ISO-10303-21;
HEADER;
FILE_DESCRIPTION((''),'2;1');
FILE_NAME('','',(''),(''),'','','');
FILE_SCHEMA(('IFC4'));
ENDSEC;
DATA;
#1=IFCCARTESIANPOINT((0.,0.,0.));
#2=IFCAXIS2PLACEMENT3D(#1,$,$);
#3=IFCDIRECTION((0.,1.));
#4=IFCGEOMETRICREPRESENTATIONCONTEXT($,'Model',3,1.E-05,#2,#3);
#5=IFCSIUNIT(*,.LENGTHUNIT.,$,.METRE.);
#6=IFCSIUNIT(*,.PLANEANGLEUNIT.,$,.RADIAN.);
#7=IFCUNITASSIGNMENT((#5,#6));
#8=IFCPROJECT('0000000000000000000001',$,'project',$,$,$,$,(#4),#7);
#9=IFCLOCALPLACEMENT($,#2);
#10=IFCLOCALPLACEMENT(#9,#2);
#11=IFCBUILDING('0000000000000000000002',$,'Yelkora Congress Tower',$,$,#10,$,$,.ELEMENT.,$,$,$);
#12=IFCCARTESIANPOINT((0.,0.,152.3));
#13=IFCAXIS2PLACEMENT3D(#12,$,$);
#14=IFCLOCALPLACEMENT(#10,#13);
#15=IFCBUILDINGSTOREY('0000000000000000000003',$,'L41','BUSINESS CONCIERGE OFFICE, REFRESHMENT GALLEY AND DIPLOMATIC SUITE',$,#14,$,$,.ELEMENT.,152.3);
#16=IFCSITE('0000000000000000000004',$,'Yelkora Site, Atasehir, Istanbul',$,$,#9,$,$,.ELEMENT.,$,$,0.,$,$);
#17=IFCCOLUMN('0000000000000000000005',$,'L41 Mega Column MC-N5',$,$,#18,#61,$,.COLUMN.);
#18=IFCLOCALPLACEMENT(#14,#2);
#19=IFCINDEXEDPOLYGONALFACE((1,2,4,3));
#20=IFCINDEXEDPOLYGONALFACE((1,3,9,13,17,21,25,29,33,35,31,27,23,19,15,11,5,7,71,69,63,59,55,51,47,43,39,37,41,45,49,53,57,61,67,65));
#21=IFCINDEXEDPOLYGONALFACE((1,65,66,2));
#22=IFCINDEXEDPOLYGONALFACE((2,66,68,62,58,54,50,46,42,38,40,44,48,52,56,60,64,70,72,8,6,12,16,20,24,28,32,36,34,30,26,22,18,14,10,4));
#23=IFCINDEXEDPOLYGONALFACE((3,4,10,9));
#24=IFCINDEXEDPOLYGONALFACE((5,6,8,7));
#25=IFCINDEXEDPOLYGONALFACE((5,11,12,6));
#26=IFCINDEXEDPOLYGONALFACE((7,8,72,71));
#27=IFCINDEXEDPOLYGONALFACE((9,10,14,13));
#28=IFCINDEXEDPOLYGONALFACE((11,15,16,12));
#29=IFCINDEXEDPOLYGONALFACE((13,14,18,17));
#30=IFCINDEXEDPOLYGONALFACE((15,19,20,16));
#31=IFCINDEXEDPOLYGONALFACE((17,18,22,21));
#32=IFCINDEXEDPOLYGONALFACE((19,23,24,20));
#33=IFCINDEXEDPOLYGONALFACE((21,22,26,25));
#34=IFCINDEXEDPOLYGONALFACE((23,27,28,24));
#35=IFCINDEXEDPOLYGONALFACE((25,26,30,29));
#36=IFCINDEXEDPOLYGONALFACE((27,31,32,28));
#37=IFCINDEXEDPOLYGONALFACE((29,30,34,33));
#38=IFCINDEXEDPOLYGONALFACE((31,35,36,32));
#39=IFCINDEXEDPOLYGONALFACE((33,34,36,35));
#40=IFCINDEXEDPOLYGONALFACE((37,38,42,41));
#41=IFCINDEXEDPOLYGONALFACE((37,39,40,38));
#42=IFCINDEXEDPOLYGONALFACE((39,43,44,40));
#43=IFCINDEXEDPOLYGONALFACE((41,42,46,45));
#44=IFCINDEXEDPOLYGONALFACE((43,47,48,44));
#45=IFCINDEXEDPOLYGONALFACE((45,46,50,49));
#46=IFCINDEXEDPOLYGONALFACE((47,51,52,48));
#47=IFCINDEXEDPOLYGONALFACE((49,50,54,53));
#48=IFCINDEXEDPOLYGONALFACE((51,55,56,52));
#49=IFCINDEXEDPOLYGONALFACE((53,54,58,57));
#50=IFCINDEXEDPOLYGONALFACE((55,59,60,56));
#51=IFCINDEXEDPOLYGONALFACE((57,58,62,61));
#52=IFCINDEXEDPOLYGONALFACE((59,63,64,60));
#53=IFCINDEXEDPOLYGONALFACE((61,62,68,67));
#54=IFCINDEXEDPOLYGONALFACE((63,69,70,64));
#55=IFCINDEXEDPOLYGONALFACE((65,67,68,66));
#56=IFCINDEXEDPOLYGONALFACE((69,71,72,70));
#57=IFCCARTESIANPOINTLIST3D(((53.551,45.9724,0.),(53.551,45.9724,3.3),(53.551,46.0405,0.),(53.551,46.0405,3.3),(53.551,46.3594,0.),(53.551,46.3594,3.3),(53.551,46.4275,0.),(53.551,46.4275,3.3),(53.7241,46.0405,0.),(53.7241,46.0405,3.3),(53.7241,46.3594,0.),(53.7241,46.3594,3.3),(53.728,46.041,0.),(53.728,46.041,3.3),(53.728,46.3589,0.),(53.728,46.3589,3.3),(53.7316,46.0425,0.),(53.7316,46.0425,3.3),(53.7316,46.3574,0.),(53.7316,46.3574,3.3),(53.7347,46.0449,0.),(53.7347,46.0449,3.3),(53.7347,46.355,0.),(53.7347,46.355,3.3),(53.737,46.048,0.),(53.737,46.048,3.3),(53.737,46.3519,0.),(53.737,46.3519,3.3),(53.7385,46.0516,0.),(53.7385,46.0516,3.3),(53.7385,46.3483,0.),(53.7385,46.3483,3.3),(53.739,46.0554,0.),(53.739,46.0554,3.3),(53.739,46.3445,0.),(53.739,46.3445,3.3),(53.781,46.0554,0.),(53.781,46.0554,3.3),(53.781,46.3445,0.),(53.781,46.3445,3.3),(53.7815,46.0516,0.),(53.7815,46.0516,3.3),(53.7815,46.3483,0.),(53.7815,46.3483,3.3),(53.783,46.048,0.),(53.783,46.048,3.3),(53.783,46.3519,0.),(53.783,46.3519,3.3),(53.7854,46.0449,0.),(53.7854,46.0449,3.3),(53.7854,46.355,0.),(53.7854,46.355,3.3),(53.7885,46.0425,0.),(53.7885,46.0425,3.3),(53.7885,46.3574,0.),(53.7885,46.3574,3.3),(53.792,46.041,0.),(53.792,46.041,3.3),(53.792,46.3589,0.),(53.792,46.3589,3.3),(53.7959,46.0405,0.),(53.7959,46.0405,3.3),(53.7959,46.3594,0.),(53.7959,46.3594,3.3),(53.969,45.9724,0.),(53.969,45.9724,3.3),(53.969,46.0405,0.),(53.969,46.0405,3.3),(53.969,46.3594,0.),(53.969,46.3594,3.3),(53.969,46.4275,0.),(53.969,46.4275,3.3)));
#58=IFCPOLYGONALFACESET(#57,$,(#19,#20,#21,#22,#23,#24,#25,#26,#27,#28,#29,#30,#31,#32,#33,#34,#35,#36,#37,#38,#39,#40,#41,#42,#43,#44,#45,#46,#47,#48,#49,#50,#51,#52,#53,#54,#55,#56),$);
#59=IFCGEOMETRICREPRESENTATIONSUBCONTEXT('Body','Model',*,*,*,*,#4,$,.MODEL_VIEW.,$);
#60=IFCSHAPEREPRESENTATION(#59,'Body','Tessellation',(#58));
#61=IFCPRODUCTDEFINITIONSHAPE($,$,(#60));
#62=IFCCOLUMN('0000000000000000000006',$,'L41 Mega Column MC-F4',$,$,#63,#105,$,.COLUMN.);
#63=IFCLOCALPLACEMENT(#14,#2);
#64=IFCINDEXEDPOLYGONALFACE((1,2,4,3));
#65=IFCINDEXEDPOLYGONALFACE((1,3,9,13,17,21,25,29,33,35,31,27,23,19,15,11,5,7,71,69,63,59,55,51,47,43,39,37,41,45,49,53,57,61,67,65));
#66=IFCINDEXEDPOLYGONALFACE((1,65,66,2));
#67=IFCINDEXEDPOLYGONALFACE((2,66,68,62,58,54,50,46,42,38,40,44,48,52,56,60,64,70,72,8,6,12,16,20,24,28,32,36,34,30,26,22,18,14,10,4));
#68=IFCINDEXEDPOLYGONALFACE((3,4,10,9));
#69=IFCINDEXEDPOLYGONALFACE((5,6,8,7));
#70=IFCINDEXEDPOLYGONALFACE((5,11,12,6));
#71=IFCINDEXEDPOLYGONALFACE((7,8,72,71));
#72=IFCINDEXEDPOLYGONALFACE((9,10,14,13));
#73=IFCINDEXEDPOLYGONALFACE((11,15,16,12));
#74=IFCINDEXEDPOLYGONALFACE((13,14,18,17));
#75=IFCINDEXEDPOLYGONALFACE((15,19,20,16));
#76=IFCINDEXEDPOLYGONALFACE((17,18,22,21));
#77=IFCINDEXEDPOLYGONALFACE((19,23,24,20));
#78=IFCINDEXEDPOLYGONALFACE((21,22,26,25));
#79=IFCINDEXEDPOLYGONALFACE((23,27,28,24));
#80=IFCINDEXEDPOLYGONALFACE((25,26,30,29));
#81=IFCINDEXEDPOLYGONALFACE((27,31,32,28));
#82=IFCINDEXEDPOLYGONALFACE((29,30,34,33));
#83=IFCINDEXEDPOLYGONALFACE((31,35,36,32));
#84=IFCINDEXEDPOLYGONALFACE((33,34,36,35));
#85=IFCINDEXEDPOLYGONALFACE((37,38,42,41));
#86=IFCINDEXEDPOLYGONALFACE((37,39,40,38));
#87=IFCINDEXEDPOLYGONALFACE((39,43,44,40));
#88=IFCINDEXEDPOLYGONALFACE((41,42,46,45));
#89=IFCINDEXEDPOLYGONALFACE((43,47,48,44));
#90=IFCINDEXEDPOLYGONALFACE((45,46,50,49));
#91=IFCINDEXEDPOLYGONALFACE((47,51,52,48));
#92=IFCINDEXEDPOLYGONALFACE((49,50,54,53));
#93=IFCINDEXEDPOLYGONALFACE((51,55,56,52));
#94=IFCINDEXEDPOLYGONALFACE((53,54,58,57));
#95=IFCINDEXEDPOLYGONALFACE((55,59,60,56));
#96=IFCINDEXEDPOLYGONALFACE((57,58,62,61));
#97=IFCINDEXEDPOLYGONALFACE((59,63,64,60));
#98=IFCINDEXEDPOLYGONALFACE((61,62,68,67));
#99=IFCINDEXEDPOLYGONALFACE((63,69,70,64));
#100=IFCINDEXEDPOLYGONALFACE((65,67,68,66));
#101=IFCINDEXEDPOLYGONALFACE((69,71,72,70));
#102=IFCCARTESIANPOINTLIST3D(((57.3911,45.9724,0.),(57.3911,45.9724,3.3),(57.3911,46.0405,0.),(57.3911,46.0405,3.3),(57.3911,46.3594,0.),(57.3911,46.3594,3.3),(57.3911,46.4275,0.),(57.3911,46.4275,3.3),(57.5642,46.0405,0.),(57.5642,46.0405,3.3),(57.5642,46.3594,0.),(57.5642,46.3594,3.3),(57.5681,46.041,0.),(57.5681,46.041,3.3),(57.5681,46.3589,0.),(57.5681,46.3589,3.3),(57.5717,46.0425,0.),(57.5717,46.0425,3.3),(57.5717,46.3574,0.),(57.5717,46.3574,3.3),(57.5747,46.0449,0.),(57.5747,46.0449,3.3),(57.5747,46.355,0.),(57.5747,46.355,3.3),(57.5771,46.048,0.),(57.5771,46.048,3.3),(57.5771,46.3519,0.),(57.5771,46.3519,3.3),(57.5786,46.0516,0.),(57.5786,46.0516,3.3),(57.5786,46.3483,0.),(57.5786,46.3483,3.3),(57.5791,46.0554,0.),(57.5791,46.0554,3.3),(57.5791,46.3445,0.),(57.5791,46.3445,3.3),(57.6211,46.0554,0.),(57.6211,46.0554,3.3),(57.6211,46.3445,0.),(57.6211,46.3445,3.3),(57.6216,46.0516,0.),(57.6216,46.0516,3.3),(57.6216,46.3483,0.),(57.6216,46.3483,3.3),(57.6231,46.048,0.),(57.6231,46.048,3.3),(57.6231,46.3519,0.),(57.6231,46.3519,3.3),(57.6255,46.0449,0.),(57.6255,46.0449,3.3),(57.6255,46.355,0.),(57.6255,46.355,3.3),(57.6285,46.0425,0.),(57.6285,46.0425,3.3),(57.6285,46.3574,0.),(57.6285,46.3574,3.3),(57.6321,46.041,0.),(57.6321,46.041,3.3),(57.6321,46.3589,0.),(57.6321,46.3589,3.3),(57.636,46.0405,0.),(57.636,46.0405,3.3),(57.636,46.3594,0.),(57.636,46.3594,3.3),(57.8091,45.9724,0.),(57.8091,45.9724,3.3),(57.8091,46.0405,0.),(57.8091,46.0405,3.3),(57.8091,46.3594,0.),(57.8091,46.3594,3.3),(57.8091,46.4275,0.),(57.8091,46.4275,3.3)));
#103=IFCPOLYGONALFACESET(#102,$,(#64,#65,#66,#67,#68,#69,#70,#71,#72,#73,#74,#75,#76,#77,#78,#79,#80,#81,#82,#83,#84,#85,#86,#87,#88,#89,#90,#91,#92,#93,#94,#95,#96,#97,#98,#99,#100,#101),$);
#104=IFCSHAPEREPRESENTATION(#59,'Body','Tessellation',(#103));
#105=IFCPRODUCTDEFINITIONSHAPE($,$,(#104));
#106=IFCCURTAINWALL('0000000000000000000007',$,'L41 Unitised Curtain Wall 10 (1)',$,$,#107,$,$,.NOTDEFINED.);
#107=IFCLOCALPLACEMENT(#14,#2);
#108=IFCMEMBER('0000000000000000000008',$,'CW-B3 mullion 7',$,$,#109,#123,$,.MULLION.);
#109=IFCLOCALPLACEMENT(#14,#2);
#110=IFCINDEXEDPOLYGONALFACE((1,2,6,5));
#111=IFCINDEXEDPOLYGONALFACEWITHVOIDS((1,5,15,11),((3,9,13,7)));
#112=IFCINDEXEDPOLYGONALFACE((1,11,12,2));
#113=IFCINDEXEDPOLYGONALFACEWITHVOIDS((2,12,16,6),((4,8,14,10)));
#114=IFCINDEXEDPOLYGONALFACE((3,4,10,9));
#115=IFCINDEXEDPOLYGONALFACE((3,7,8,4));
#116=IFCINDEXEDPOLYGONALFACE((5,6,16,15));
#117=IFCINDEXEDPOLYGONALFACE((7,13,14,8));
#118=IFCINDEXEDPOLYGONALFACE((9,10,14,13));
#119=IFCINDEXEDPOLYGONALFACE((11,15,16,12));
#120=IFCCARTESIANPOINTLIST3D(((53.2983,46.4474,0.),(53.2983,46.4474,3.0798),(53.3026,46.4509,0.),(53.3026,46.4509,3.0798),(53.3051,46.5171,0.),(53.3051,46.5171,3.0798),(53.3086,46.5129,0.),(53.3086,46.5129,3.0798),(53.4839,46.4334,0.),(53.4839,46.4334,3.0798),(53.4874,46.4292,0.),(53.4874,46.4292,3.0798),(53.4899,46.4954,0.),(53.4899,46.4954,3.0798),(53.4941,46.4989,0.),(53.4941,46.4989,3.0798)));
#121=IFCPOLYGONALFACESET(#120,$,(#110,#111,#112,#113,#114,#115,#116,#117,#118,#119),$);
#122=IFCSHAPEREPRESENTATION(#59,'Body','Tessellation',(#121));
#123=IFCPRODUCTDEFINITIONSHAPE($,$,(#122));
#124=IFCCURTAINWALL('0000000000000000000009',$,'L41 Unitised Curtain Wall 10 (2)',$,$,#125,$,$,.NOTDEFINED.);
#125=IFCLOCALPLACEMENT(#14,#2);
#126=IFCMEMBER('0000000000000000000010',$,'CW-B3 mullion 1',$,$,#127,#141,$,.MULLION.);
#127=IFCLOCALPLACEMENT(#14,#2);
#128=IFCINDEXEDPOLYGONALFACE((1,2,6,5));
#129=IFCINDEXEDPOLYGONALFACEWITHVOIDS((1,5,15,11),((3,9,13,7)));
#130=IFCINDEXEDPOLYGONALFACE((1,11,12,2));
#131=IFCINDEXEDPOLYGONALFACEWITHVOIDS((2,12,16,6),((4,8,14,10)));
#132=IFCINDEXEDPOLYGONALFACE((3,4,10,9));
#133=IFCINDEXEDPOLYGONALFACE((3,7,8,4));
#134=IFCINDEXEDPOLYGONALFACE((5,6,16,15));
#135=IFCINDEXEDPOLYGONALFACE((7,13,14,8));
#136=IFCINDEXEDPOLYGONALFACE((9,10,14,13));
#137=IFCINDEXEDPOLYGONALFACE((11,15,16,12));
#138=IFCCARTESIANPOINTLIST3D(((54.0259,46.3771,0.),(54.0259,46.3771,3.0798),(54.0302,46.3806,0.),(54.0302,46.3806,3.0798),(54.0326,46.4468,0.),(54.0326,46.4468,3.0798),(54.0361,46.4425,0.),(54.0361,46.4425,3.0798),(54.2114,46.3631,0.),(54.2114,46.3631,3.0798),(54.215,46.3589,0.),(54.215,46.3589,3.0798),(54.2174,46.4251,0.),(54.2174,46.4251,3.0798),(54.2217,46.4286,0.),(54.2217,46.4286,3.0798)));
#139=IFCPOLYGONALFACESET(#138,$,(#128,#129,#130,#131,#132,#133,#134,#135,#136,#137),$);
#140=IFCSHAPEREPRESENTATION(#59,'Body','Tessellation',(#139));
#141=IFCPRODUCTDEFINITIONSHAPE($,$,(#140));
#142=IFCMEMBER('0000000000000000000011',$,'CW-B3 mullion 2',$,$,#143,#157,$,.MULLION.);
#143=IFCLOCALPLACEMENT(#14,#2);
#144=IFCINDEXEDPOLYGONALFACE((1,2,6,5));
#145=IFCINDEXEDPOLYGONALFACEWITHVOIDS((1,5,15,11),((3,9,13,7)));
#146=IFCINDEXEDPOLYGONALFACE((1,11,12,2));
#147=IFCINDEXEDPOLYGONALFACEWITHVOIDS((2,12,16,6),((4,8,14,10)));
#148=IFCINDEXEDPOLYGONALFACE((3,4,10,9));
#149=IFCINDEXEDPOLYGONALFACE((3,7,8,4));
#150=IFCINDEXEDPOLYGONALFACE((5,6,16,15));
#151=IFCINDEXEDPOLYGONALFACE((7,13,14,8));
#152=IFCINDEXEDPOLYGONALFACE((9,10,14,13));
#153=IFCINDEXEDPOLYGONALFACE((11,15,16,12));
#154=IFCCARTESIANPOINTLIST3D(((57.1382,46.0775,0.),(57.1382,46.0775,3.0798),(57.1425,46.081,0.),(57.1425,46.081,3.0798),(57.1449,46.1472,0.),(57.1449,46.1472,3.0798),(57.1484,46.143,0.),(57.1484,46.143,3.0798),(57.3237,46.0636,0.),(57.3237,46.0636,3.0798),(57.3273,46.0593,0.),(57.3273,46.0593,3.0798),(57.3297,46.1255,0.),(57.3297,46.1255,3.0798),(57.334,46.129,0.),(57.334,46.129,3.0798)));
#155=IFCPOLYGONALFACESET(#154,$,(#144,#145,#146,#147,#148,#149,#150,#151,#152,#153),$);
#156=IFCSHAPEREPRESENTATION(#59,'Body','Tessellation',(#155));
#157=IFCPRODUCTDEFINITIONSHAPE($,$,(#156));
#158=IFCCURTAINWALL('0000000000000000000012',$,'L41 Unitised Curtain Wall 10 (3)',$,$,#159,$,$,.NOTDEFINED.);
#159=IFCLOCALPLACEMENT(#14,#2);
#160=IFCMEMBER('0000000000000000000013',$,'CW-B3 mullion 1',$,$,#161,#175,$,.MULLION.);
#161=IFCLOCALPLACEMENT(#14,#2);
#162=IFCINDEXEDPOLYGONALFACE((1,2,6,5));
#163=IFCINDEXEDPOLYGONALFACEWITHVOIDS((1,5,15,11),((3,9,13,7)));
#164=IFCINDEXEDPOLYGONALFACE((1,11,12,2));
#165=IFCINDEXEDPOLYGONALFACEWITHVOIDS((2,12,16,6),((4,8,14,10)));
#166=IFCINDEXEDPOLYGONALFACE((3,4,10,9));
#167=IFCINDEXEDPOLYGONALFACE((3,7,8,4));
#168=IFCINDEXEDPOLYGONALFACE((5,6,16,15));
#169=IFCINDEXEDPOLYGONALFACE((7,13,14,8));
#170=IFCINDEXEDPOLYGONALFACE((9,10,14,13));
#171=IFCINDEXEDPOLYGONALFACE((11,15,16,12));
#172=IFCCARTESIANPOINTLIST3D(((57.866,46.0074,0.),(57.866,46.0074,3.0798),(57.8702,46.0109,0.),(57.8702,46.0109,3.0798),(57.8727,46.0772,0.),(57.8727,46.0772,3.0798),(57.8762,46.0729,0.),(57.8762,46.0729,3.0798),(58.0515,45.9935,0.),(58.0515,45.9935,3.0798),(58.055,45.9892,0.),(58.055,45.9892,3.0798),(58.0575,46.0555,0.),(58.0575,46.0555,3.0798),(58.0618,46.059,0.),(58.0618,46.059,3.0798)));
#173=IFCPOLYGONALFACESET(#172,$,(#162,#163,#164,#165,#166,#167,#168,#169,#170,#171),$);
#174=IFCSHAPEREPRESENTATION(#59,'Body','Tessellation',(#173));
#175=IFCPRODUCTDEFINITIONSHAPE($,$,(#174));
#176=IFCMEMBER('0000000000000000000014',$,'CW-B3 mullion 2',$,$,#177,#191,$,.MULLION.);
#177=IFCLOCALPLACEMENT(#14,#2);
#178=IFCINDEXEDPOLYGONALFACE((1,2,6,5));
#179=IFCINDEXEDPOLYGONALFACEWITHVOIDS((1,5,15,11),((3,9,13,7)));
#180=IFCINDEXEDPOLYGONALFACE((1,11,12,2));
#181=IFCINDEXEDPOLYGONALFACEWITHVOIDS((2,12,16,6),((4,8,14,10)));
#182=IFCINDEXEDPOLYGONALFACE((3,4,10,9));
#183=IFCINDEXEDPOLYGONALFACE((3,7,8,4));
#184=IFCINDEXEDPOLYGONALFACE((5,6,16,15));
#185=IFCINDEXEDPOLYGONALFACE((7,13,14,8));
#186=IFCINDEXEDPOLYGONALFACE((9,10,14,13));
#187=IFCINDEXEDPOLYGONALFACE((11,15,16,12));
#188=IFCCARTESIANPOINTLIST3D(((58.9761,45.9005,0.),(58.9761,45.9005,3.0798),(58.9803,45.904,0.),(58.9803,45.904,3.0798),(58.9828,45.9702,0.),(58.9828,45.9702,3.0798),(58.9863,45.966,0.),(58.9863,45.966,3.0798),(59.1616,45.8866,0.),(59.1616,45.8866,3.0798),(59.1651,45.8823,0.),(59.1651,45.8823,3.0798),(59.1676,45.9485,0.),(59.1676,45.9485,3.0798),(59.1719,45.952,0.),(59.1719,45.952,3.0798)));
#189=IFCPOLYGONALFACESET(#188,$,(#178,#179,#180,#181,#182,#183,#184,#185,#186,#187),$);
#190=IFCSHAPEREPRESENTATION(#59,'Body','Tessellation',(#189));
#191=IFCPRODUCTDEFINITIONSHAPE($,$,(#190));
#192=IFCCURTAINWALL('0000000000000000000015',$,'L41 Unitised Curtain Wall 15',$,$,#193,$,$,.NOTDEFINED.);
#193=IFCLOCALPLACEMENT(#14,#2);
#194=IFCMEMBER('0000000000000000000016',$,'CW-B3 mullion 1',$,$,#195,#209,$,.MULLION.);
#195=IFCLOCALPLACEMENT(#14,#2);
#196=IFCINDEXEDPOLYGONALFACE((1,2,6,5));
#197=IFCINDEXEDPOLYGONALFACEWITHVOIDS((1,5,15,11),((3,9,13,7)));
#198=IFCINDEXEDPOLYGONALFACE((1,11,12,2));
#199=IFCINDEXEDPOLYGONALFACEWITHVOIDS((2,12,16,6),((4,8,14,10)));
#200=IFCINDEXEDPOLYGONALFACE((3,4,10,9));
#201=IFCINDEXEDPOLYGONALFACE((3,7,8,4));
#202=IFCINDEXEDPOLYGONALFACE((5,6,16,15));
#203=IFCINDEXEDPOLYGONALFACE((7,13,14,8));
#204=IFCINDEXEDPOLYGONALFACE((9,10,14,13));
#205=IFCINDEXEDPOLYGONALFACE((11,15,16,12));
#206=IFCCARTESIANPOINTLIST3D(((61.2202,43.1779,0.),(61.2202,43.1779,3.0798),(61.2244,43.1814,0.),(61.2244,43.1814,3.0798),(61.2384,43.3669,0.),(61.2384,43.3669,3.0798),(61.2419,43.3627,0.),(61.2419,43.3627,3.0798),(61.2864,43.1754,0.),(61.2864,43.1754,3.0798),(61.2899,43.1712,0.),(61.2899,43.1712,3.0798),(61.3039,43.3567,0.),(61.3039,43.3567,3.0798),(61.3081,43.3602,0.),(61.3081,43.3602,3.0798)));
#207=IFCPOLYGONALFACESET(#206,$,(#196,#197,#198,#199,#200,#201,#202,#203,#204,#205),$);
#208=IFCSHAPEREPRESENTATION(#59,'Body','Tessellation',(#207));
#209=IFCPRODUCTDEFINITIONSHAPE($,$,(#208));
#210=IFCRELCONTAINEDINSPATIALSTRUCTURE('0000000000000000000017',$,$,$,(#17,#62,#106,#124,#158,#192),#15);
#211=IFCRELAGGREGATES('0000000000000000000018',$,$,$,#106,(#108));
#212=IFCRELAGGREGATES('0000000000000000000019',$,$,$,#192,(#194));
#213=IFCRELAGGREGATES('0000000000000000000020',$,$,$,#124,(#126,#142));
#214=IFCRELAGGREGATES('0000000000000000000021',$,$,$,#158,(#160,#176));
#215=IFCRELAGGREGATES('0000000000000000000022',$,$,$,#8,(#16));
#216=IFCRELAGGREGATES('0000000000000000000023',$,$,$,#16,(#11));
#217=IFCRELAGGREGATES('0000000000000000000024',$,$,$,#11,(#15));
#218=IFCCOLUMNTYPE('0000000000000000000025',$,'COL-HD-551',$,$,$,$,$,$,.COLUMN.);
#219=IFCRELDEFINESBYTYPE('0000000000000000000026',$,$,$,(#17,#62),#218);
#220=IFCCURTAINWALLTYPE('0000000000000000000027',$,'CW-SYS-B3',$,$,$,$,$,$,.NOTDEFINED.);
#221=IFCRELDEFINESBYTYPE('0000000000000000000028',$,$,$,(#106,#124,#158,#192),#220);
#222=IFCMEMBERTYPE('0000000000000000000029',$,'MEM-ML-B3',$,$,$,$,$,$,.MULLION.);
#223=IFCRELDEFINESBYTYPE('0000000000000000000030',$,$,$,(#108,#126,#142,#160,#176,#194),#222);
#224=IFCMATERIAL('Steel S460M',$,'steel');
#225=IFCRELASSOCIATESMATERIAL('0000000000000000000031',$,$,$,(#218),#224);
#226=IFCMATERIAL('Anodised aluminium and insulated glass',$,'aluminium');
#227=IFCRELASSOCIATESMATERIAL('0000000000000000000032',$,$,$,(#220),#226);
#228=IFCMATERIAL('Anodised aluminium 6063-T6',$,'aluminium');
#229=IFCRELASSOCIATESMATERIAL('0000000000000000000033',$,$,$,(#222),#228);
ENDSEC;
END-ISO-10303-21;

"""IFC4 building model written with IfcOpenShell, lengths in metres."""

from ifc_helpers import new_model, si_unit, direction, frame, origin, origin_2d, place, context, subcontext, project, spatial, hollow_rectangle, i_section, extrude, material, material_profile, profile_set, type_object, element, aggregate, save


model = new_model("IFC4")

# Units and contexts
model_context = context("Model", 3, precision=1e-05, world=origin(), true_north=direction((0.0, 1.0)))
body_context = subcontext(model_context, "Body", "Model", "MODEL_VIEW")
ifc_project = project(units=[si_unit("LENGTHUNIT", "METRE"), si_unit("PLANEANGLEUNIT", "RADIAN")], contexts=[model_context])

# Site, building, storey
site_placement = place(None, origin())
site = spatial("IfcSite", under=ifc_project, at=site_placement, Name="Yelkora Site, Atasehir, Istanbul", CompositionType="ELEMENT", RefElevation=0.0)
building_placement = place(site_placement, origin())
building = spatial("IfcBuilding", under=site, at=building_placement, Name="Yelkora Congress Tower", CompositionType="ELEMENT")
storey_placement = place(building_placement, frame((0.0, 0.0, 152.3)))
storey = spatial("IfcBuildingStorey", under=building, at=storey_placement, Name="L41", Description="BUSINESS CONCIERGE OFFICE, REFRESHMENT GALLEY AND DIPLOMATIC SUITE", CompositionType="ELEMENT", Elevation=152.3)

# Columns
ifc_material_1 = material(Name="Steel S460M", Category="steel")
ifc_material_profile_1 = material_profile(ifc_material_1, i_section(OverallWidth=0.418, OverallDepth=0.4551, WebThickness=0.042, FlangeThickness=0.0681, FilletRadius=0.0149, at=origin_2d()), Name="HD 400x551")
ifc_profile_set_1 = profile_set([ifc_material_profile_1], Name="Steel S460M")
column_type = type_object("IfcColumnType", Name="COL-HD-551", PredefinedType="COLUMN", material=ifc_profile_set_1)
for number, where, z_axis, x_axis, name in (
    (1, (53.76, 46.2, 0.0), (0.0, 0.0, 1.0), (1.0, 0.0, 0.0), "L41 Mega Column MC-N5"),
    (2, (57.6001, 46.2, 0.0), (0.0, 0.0, 1.0), (1.0, 0.0, 0.0), "L41 Mega Column MC-F4"),
):
    element("IfcColumn", number, at=place(storey_placement, frame(where, z_axis=z_axis, x_axis=x_axis)), inside=storey, type_object=column_type, Name=name, PredefinedType="COLUMN", context=body_context, shape_type="SweptSolid", body=[
        extrude(i_section(OverallWidth=0.418, OverallDepth=0.4551, WebThickness=0.042, FlangeThickness=0.0681, FilletRadius=0.0149, at=origin_2d()), origin(), (0.0, 0.0, 1.0), 3.3),
    ])

# Curtain wall, member
ifc_material_2 = material(Name="Anodised aluminium and insulated glass", Category="aluminium")
curtain_wall_type = type_object("IfcCurtainWallType", Name="CW-SYS-B3", PredefinedType="NOTDEFINED", material=ifc_material_2)
curtain_wall_1_placement = place(storey_placement, origin())
curtain_wall_1 = element("IfcCurtainWall", 3, at=curtain_wall_1_placement, inside=storey, type_object=curtain_wall_type, Name="L41 Unitised Curtain Wall 10 (1)", PredefinedType="NOTDEFINED")
ifc_material_3 = material(Name="Anodised aluminium 6063-T6", Category="aluminium")
ifc_material_profile_2 = material_profile(ifc_material_3, hollow_rectangle(XDim=0.0701, YDim=0.1899, WallThickness=0.0039, at=origin_2d()), Name="ALU 70x190x4")
ifc_profile_set_2 = profile_set([ifc_material_profile_2], Name="Anodised aluminium 6063-T6")
member_type_1 = type_object("IfcMemberType", Name="MEM-ML-B3", PredefinedType="MULLION", material=ifc_profile_set_2)
member_1_placement = place(storey_placement, frame((53.3962, 46.4731, 0.0), z_axis=(0.0, 0.0, 1.0), x_axis=(0.095845, 0.995396, 0.0)))
member_1 = element("IfcMember", 4, at=member_1_placement, type_object=member_type_1, Name="CW-B3 mullion 7", PredefinedType="MULLION", context=body_context, shape_type="SweptSolid", body=[
    extrude(hollow_rectangle(XDim=0.0701, YDim=0.1899, WallThickness=0.0039, at=origin_2d()), origin(), (0.0, 0.0, 1.0), 3.0798),
])
aggregate(curtain_wall_1, [member_1])

# Curtain walls, members
curtain_wall_2_placement = place(storey_placement, origin())
curtain_wall_2 = element("IfcCurtainWall", 5, at=curtain_wall_2_placement, inside=storey, type_object=curtain_wall_type, Name="L41 Unitised Curtain Wall 10 (2)", PredefinedType="NOTDEFINED")
member_2_placement = place(storey_placement, frame((54.1238, 46.4028, 0.0), z_axis=(0.0, 0.0, 1.0), x_axis=(0.095848, 0.995396, 0.0)))
member_2 = element("IfcMember", 6, at=member_2_placement, type_object=member_type_1, Name="CW-B3 mullion 1", PredefinedType="MULLION", context=body_context, shape_type="SweptSolid", body=[
    extrude(hollow_rectangle(XDim=0.0701, YDim=0.1899, WallThickness=0.0039, at=origin_2d()), origin(), (0.0, 0.0, 1.0), 3.0798),
])
member_3_placement = place(storey_placement, frame((57.2361, 46.1033, 0.0), z_axis=(0.0, 0.0, 1.0), x_axis=(0.095848, 0.995396, 0.0)))
member_3 = element("IfcMember", 7, at=member_3_placement, type_object=member_type_1, Name="CW-B3 mullion 2", PredefinedType="MULLION", context=body_context, shape_type="SweptSolid", body=[
    extrude(hollow_rectangle(XDim=0.0701, YDim=0.1899, WallThickness=0.0039, at=origin_2d()), origin(), (0.0, 0.0, 1.0), 3.0798),
])
curtain_wall_3_placement = place(storey_placement, origin())
curtain_wall_3 = element("IfcCurtainWall", 8, at=curtain_wall_3_placement, inside=storey, type_object=curtain_wall_type, Name="L41 Unitised Curtain Wall 10 (3)", PredefinedType="NOTDEFINED")
member_4_placement = place(storey_placement, frame((57.9639, 46.0332, 0.0), z_axis=(0.0, 0.0, 1.0), x_axis=(0.095852, 0.995396, 0.0)))
member_4 = element("IfcMember", 9, at=member_4_placement, type_object=member_type_1, Name="CW-B3 mullion 1", PredefinedType="MULLION", context=body_context, shape_type="SweptSolid", body=[
    extrude(hollow_rectangle(XDim=0.0701, YDim=0.1899, WallThickness=0.0039, at=origin_2d()), origin(), (0.0, 0.0, 1.0), 3.0798),
])
member_5_placement = place(storey_placement, frame((59.074, 45.9263, 0.0), z_axis=(0.0, 0.0, 1.0), x_axis=(0.095852, 0.995396, 0.0)))
member_5 = element("IfcMember", 10, at=member_5_placement, type_object=member_type_1, Name="CW-B3 mullion 2", PredefinedType="MULLION", context=body_context, shape_type="SweptSolid", body=[
    extrude(hollow_rectangle(XDim=0.0701, YDim=0.1899, WallThickness=0.0039, at=origin_2d()), origin(), (0.0, 0.0, 1.0), 3.0798),
])

# Curtain wall, member
curtain_wall_4_placement = place(storey_placement, origin())
curtain_wall_4 = element("IfcCurtainWall", 11, at=curtain_wall_4_placement, inside=storey, type_object=curtain_wall_type, Name="L41 Unitised Curtain Wall 15", PredefinedType="NOTDEFINED")
member_6_placement = place(storey_placement, frame((61.2642, 43.269, 0.0), z_axis=(0.0, 0.0, 1.0), x_axis=(0.995397, -0.095842, 0.0)))
member_6 = element("IfcMember", 12, at=member_6_placement, type_object=member_type_1, Name="CW-B3 mullion 1", PredefinedType="MULLION", context=body_context, shape_type="SweptSolid", body=[
    extrude(hollow_rectangle(XDim=0.0701, YDim=0.1899, WallThickness=0.0039, at=origin_2d()), origin(), (0.0, 0.0, 1.0), 3.0798),
])
aggregate(curtain_wall_4, [member_6])

aggregate(curtain_wall_2, [member_2, member_3])
aggregate(curtain_wall_3, [member_4, member_5])

save(model, "model.ifc")
